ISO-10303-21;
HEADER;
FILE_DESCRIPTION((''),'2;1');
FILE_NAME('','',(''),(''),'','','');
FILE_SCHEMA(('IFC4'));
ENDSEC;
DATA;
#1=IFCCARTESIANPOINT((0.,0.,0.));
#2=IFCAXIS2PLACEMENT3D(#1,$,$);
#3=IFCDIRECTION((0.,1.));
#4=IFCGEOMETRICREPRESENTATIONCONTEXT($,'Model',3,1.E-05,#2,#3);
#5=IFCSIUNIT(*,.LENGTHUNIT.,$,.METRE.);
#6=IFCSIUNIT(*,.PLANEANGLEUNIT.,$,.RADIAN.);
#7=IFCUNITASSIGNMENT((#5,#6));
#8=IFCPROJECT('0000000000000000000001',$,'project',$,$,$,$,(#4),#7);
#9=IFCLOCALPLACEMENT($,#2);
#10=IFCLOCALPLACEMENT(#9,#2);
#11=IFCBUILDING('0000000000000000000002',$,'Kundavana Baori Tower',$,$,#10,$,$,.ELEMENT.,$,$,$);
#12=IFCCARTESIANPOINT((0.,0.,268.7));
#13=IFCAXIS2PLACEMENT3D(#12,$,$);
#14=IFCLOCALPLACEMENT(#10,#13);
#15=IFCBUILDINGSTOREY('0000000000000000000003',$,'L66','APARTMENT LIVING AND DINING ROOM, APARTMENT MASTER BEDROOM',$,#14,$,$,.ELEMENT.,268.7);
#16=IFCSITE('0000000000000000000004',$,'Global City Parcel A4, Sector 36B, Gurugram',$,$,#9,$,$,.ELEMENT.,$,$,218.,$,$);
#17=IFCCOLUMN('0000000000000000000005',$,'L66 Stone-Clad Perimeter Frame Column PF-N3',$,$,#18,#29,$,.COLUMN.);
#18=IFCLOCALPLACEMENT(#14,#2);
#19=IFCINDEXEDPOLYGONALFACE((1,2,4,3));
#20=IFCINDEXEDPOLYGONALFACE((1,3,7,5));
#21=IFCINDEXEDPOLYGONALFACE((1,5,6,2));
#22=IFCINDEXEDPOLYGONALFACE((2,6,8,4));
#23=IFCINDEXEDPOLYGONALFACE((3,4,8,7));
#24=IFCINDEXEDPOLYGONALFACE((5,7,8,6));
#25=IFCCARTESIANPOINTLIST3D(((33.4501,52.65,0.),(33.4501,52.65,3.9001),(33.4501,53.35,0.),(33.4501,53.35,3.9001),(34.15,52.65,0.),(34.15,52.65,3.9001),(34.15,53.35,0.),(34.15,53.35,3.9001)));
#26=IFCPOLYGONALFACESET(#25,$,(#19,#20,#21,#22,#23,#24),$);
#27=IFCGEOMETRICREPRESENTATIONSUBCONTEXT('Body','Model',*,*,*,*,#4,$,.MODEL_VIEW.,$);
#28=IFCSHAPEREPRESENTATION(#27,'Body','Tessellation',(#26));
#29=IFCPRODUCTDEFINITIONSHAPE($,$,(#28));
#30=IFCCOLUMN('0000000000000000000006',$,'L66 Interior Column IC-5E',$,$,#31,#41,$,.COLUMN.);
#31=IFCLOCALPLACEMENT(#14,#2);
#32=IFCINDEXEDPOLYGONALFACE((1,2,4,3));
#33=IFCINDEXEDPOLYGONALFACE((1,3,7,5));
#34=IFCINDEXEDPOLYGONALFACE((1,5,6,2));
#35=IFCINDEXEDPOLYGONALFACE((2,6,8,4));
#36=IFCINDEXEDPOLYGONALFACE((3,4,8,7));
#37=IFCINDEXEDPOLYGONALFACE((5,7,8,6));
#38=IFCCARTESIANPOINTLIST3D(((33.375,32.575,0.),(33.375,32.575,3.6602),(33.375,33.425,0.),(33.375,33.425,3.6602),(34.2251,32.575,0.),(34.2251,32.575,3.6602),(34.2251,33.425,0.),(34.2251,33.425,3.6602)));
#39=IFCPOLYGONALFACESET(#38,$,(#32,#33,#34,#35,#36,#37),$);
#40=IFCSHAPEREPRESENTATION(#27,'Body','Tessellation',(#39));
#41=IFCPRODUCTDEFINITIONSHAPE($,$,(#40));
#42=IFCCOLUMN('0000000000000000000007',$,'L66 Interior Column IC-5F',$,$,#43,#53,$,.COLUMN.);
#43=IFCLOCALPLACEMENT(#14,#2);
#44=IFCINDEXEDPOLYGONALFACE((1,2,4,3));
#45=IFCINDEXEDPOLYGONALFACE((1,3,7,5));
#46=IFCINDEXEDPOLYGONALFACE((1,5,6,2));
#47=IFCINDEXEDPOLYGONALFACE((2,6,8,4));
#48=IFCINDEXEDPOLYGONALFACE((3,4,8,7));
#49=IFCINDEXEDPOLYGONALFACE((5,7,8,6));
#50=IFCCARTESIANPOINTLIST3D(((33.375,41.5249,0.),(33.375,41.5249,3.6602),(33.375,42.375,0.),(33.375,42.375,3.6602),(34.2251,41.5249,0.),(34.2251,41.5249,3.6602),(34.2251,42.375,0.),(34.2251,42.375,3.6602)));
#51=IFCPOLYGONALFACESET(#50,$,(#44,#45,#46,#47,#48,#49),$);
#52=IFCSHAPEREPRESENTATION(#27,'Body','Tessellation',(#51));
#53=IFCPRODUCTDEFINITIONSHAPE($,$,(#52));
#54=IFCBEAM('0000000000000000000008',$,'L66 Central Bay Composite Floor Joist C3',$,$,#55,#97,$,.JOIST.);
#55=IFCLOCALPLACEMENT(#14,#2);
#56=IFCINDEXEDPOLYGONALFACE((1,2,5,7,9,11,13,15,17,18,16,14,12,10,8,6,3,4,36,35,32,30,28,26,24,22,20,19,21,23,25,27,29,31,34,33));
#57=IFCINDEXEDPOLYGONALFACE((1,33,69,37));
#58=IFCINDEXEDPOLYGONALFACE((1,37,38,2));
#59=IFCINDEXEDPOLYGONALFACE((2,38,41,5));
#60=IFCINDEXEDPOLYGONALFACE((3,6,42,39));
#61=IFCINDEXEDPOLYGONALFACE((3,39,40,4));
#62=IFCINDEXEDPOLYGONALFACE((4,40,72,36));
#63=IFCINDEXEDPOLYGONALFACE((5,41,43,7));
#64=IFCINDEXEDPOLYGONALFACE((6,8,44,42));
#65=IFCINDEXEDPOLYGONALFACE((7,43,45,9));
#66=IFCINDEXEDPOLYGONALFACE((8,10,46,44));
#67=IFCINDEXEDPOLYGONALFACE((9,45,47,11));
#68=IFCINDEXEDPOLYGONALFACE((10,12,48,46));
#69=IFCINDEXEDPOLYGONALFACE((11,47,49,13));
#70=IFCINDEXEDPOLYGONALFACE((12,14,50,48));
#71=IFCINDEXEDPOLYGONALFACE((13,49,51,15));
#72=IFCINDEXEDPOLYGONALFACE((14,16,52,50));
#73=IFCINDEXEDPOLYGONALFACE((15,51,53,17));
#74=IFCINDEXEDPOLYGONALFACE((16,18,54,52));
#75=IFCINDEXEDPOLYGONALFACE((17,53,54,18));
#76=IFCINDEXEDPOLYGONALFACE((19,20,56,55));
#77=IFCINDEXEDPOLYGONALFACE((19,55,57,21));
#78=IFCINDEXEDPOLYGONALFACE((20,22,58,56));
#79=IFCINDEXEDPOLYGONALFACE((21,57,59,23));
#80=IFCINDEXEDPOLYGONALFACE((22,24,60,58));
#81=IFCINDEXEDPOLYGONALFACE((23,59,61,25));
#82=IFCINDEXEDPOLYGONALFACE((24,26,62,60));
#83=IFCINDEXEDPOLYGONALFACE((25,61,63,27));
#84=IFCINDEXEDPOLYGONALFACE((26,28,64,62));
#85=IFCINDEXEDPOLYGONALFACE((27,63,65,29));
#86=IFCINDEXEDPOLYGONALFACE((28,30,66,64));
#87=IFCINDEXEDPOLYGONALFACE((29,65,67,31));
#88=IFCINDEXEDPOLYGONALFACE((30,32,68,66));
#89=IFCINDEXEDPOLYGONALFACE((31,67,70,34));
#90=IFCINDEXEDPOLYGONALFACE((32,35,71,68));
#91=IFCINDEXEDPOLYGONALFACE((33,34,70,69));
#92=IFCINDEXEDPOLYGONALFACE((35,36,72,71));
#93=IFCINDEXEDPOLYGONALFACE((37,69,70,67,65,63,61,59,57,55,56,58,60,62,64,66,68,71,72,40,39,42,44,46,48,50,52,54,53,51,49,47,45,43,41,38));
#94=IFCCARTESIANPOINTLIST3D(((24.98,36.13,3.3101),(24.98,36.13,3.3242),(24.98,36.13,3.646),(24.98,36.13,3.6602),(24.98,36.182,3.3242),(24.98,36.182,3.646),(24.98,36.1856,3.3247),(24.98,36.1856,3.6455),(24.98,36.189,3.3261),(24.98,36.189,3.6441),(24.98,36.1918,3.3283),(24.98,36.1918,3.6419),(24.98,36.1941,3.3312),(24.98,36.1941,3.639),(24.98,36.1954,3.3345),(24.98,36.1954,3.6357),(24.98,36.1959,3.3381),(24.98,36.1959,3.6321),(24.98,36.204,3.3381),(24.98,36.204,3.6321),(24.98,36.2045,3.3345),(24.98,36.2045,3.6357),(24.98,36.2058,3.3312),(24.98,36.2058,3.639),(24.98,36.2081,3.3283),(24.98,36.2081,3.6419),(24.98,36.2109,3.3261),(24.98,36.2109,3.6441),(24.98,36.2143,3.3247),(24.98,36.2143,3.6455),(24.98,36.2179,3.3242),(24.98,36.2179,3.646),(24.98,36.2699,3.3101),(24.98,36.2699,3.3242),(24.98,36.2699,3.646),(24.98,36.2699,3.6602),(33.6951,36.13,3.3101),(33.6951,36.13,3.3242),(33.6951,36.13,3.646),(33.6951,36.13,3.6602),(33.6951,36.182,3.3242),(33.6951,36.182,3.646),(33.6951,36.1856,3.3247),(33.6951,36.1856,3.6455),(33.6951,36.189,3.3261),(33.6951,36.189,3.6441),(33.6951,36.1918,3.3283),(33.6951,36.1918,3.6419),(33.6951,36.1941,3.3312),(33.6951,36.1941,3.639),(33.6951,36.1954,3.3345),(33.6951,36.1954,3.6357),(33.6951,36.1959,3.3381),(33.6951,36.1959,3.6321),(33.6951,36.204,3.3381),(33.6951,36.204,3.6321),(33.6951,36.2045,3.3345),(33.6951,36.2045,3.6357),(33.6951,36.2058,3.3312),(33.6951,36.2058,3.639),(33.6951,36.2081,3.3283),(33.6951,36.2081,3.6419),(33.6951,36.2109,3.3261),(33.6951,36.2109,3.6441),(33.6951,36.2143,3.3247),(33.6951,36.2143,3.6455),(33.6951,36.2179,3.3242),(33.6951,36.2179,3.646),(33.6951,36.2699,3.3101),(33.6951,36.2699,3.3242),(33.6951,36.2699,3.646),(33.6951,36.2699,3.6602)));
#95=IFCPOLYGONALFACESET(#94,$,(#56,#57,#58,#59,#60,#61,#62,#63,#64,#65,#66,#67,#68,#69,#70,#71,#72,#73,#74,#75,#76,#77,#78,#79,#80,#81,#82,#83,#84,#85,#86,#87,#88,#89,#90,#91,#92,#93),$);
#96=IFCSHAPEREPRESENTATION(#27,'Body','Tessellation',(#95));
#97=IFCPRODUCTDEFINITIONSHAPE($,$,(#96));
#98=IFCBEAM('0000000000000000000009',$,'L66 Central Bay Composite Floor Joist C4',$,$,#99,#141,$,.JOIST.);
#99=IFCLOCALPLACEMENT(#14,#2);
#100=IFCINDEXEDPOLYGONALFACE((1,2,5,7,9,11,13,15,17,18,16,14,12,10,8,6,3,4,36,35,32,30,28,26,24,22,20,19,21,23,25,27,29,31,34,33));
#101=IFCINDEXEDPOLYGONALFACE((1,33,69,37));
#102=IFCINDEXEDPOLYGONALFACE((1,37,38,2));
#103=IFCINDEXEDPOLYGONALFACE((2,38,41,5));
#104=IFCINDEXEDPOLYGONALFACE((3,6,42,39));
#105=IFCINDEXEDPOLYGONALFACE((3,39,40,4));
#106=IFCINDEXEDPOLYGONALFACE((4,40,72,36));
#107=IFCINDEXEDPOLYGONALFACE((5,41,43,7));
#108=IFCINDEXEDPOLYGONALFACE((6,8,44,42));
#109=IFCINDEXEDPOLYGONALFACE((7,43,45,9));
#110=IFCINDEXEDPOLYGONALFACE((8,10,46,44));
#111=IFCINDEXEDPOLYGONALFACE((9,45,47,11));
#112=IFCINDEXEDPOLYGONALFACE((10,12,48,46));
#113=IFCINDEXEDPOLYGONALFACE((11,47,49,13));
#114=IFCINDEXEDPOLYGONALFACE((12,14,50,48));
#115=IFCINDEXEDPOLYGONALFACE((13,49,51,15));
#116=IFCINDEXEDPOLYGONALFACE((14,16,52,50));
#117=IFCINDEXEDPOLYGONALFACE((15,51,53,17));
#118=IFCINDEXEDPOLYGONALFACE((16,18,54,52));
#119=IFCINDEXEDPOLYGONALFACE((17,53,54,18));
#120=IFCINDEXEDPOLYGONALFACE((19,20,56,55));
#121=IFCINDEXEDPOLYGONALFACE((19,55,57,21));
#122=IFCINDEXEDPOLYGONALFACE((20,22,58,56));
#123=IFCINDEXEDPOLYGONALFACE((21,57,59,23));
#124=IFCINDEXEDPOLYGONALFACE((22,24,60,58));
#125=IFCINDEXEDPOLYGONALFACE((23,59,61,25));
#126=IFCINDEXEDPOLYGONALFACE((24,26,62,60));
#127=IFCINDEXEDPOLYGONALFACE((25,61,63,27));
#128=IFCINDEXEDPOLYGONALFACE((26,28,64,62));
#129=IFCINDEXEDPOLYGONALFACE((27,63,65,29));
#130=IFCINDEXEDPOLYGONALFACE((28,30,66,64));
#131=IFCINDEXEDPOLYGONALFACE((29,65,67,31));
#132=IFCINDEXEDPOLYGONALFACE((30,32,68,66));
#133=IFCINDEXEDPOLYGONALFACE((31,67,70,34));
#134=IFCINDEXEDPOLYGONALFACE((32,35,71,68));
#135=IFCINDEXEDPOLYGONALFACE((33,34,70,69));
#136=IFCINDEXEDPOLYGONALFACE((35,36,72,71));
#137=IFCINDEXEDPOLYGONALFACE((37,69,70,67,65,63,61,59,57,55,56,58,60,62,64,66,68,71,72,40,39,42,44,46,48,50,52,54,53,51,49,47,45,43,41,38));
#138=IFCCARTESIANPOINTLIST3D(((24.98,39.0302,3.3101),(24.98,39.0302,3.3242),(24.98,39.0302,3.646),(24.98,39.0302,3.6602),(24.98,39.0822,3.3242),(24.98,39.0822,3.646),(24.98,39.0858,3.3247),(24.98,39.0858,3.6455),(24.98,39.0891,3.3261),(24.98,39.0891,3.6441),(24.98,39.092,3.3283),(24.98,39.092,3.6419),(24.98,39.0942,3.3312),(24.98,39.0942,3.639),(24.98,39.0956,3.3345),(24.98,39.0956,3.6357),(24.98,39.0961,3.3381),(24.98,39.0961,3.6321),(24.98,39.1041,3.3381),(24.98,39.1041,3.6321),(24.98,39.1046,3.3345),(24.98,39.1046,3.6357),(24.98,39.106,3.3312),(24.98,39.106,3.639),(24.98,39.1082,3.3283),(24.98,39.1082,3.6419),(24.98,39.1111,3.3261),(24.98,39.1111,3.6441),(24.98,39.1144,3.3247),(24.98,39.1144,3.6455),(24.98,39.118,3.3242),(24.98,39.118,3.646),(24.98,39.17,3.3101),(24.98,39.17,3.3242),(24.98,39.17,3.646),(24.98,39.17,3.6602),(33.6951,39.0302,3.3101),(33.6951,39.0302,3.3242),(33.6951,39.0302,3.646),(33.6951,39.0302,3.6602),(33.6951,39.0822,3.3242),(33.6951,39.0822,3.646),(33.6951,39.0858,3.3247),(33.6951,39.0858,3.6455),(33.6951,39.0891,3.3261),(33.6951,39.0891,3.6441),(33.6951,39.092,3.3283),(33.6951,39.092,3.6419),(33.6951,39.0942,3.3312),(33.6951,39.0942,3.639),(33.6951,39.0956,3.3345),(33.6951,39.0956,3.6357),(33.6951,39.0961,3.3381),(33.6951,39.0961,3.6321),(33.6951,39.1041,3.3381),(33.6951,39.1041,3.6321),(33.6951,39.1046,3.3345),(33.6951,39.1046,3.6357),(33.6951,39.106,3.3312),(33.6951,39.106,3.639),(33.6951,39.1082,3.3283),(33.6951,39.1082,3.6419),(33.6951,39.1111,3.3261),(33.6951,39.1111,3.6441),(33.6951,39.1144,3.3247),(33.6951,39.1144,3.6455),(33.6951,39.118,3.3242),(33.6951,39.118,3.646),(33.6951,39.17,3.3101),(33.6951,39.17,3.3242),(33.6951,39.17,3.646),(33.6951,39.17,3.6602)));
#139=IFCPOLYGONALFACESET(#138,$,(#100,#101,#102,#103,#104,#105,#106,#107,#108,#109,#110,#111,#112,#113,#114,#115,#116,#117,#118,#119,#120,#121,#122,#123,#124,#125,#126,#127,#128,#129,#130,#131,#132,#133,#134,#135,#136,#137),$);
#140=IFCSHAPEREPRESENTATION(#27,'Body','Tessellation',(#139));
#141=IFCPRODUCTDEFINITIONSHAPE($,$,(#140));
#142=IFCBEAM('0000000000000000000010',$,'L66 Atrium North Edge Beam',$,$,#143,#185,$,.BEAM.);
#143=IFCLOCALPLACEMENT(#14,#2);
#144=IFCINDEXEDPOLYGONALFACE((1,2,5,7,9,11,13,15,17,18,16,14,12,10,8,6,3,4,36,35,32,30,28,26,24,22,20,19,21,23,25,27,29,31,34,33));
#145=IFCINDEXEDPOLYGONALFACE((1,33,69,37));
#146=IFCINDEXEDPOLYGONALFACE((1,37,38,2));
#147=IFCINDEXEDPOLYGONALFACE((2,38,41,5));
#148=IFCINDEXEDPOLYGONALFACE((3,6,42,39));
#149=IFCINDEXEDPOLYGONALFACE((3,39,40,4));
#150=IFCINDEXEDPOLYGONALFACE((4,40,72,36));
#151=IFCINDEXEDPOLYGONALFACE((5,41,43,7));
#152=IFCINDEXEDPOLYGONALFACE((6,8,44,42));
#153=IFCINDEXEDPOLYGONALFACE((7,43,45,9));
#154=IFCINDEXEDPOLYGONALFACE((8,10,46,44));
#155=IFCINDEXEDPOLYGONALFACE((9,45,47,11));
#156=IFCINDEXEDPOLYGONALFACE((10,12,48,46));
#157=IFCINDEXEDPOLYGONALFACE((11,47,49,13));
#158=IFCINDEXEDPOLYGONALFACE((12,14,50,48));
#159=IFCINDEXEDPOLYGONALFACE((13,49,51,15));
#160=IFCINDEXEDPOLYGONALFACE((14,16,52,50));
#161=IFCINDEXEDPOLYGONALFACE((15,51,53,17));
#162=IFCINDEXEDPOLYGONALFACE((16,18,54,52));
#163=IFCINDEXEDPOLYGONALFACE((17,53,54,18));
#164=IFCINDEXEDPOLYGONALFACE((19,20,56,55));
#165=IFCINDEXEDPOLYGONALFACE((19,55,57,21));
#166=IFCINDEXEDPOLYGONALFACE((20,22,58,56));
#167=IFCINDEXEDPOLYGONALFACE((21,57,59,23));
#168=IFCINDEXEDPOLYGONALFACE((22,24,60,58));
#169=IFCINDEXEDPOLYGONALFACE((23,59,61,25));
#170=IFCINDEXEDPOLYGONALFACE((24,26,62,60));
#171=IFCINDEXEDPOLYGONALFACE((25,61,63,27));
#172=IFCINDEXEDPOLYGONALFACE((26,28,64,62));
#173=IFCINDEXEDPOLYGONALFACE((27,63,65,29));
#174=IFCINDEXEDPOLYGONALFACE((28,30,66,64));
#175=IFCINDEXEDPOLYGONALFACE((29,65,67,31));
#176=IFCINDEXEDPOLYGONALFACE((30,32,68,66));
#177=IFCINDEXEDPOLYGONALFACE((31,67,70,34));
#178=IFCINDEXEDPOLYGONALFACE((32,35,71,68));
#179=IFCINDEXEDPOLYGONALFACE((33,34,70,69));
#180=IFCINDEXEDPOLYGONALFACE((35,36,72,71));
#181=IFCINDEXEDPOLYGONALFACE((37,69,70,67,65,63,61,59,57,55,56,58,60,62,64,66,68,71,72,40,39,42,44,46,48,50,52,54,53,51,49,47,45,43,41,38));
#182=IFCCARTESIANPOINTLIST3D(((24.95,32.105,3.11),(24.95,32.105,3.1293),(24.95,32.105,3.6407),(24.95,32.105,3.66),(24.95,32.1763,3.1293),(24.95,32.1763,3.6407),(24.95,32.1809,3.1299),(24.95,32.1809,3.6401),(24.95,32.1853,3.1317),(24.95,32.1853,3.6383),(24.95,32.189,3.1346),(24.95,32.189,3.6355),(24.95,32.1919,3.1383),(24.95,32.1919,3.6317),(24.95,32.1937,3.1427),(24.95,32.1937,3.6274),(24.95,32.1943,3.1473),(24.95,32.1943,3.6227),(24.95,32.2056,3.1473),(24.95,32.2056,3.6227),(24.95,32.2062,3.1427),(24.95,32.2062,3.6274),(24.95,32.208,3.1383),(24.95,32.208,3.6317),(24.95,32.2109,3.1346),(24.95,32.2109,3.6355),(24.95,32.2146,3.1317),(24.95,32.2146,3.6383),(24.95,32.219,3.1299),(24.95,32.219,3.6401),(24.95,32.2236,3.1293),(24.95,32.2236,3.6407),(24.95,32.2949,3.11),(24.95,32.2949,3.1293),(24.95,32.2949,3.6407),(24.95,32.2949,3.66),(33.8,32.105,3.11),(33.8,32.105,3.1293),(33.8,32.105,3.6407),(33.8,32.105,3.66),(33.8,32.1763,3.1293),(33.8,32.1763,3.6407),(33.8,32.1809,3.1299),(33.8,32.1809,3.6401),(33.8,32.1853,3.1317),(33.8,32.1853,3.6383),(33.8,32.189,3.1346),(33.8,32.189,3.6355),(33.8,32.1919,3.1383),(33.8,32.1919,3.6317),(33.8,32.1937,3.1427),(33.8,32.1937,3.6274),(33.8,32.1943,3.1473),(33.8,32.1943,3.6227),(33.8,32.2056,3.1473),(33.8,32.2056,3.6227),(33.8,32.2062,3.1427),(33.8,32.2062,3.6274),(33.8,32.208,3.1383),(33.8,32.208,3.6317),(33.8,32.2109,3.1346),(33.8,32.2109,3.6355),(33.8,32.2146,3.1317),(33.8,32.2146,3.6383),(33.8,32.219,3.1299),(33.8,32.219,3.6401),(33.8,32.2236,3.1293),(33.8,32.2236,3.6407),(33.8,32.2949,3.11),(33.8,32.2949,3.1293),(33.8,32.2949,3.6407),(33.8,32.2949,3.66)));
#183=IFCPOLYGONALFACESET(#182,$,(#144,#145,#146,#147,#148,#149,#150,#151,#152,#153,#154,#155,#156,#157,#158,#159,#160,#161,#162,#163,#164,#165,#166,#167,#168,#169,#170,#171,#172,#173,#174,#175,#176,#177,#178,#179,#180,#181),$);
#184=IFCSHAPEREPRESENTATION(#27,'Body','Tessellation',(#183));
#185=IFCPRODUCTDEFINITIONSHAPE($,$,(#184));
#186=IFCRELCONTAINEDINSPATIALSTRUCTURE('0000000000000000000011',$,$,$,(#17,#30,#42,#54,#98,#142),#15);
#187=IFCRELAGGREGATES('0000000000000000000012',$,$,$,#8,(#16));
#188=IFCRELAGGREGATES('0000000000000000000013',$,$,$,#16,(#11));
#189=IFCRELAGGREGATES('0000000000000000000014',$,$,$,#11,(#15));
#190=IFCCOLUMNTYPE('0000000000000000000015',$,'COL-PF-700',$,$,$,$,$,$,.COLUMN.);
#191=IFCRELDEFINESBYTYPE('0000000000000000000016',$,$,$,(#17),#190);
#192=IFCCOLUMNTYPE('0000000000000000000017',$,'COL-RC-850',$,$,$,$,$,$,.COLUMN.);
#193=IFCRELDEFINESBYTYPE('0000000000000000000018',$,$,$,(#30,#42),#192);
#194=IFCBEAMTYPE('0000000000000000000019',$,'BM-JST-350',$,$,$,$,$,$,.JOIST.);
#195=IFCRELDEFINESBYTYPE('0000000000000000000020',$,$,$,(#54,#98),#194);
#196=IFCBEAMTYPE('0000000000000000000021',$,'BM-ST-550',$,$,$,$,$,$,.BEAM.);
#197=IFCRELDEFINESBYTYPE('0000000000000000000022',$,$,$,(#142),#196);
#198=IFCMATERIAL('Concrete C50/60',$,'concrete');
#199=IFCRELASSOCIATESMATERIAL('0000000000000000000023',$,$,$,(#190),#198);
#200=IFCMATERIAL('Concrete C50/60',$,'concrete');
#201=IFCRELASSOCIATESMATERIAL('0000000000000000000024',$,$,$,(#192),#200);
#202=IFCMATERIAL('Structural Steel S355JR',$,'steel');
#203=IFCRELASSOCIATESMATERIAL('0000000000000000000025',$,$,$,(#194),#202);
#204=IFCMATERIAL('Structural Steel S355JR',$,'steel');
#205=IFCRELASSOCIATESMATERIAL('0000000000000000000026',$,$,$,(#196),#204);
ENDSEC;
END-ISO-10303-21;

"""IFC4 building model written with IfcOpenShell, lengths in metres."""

from ifc_helpers import new_model, si_unit, direction, frame, origin, origin_2d, place, context, subcontext, project, spatial, rectangle, i_section, extrude, material, material_profile, profile_set, type_object, element, save


model = new_model("IFC4")

# Units and contexts
model_context = context("Model", 3, precision=1e-05, world=origin(), true_north=direction((0.0, 1.0)))
body_context = subcontext(model_context, "Body", "Model", "MODEL_VIEW")
ifc_project = project(units=[si_unit("LENGTHUNIT", "METRE"), si_unit("PLANEANGLEUNIT", "RADIAN")], contexts=[model_context])

# Site, building, storey
site_placement = place(None, origin())
site = spatial("IfcSite", under=ifc_project, at=site_placement, Name="Global City Parcel A4, Sector 36B, Gurugram", CompositionType="ELEMENT", RefElevation=218.0)
building_placement = place(site_placement, origin())
building = spatial("IfcBuilding", under=site, at=building_placement, Name="Kundavana Baori Tower", CompositionType="ELEMENT")
storey_placement = place(building_placement, frame((0.0, 0.0, 268.7)))
storey = spatial("IfcBuildingStorey", under=building, at=storey_placement, Name="L66", Description="APARTMENT LIVING AND DINING ROOM, APARTMENT MASTER BEDROOM", CompositionType="ELEMENT", Elevation=268.7)

# Columns
ifc_material_1 = material(Name="Concrete C50/60", Category="concrete")
ifc_material_profile_1 = material_profile(ifc_material_1, rectangle(XDim=0.7, YDim=0.7, at=origin_2d()), Name="RC PF 700x700")
ifc_profile_set_1 = profile_set([ifc_material_profile_1], Name="Concrete C50/60")
column_type_1 = type_object("IfcColumnType", Name="COL-PF-700", PredefinedType="COLUMN", material=ifc_profile_set_1)
column_placement = place(storey_placement, frame((33.8, 53.0, 0.0), z_axis=(0.0, 0.0, 1.0), x_axis=(1.0, 0.0, 0.0)))
element("IfcColumn", 1, at=column_placement, inside=storey, type_object=column_type_1, Name="L66 Stone-Clad Perimeter Frame Column PF-N3", PredefinedType="COLUMN", context=body_context, shape_type="SweptSolid", body=[
    extrude(rectangle(XDim=0.7, YDim=0.7, at=origin_2d()), origin(), (0.0, 0.0, 1.0), 3.9001),
])
ifc_material_2 = material(Name="Concrete C50/60", Category="concrete")
ifc_material_profile_2 = material_profile(ifc_material_2, rectangle(XDim=0.8501, YDim=0.8501, at=origin_2d()), Name="RC 850x850")
ifc_profile_set_2 = profile_set([ifc_material_profile_2], Name="Concrete C50/60")
column_type_2 = type_object("IfcColumnType", Name="COL-RC-850", PredefinedType="COLUMN", material=ifc_profile_set_2)
for number, where, z_axis, x_axis, name in (
    (2, (33.8, 33.0, 0.0), (0.0, 0.0, 1.0), (1.0, 0.0, 0.0), "L66 Interior Column IC-5E"),
    (3, (33.8, 41.95, 0.0), (0.0, 0.0, 1.0), (1.0, 0.0, 0.0), "L66 Interior Column IC-5F"),
):
    element("IfcColumn", number, at=place(storey_placement, frame(where, z_axis=z_axis, x_axis=x_axis)), inside=storey, type_object=column_type_2, Name=name, PredefinedType="COLUMN", context=body_context, shape_type="SweptSolid", body=[
        extrude(rectangle(XDim=0.8501, YDim=0.8501, at=origin_2d()), origin(), (0.0, 0.0, 1.0), 3.6602),
    ])

# Beams
ifc_material_3 = material(Name="Structural Steel S355JR", Category="steel")
ifc_material_profile_3 = material_profile(ifc_material_3, i_section(OverallWidth=0.1399, OverallDepth=0.3501, WebThickness=0.0081, FlangeThickness=0.0142, FilletRadius=0.0139, at=origin_2d()), Name="ISMB 350")
ifc_profile_set_3 = profile_set([ifc_material_profile_3], Name="Structural Steel S355JR")
beam_type_1 = type_object("IfcBeamType", Name="BM-JST-350", PredefinedType="JOIST", material=ifc_profile_set_3)
for number, where, z_axis, x_axis, name in (
    (4, (24.98, 36.2, 3.4851), (1.0, 0.0, 0.0), (0.0, 1.0, 0.0), "L66 Central Bay Composite Floor Joist C3"),
    (5, (24.98, 39.1001, 3.4851), (1.0, 0.0, 0.0), (0.0, 1.0, 0.0), "L66 Central Bay Composite Floor Joist C4"),
):
    element("IfcBeam", number, at=place(storey_placement, frame(where, z_axis=z_axis, x_axis=x_axis)), inside=storey, type_object=beam_type_1, Name=name, PredefinedType="JOIST", context=body_context, shape_type="SweptSolid", body=[
        extrude(i_section(OverallWidth=0.1399, OverallDepth=0.3501, WebThickness=0.0081, FlangeThickness=0.0142, FilletRadius=0.0139, at=origin_2d()), origin(), (0.0, 0.0, 1.0), 8.7151),
    ])
ifc_material_4 = material(Name="Structural Steel S355JR", Category="steel")
ifc_material_profile_4 = material_profile(ifc_material_4, i_section(OverallWidth=0.1899, OverallDepth=0.55, WebThickness=0.0112, FlangeThickness=0.0193, FilletRadius=0.0181, at=origin_2d()), Name="ISMB 550")
ifc_profile_set_4 = profile_set([ifc_material_profile_4], Name="Structural Steel S355JR")
beam_type_2 = type_object("IfcBeamType", Name="BM-ST-550", PredefinedType="BEAM", material=ifc_profile_set_4)
beam_1_placement = place(storey_placement, frame((24.95, 32.2, 3.385), z_axis=(1.0, 0.0, 0.0), x_axis=(0.0, 1.0, 0.0)))
element("IfcBeam", 6, at=beam_1_placement, inside=storey, type_object=beam_type_2, Name="L66 Atrium North Edge Beam", PredefinedType="BEAM", context=body_context, shape_type="SweptSolid", body=[
    extrude(i_section(OverallWidth=0.1899, OverallDepth=0.55, WebThickness=0.0112, FlangeThickness=0.0193, FilletRadius=0.0181, at=origin_2d()), origin(), (0.0, 0.0, 1.0), 8.8501),
])

save(model, "model.ifc")
